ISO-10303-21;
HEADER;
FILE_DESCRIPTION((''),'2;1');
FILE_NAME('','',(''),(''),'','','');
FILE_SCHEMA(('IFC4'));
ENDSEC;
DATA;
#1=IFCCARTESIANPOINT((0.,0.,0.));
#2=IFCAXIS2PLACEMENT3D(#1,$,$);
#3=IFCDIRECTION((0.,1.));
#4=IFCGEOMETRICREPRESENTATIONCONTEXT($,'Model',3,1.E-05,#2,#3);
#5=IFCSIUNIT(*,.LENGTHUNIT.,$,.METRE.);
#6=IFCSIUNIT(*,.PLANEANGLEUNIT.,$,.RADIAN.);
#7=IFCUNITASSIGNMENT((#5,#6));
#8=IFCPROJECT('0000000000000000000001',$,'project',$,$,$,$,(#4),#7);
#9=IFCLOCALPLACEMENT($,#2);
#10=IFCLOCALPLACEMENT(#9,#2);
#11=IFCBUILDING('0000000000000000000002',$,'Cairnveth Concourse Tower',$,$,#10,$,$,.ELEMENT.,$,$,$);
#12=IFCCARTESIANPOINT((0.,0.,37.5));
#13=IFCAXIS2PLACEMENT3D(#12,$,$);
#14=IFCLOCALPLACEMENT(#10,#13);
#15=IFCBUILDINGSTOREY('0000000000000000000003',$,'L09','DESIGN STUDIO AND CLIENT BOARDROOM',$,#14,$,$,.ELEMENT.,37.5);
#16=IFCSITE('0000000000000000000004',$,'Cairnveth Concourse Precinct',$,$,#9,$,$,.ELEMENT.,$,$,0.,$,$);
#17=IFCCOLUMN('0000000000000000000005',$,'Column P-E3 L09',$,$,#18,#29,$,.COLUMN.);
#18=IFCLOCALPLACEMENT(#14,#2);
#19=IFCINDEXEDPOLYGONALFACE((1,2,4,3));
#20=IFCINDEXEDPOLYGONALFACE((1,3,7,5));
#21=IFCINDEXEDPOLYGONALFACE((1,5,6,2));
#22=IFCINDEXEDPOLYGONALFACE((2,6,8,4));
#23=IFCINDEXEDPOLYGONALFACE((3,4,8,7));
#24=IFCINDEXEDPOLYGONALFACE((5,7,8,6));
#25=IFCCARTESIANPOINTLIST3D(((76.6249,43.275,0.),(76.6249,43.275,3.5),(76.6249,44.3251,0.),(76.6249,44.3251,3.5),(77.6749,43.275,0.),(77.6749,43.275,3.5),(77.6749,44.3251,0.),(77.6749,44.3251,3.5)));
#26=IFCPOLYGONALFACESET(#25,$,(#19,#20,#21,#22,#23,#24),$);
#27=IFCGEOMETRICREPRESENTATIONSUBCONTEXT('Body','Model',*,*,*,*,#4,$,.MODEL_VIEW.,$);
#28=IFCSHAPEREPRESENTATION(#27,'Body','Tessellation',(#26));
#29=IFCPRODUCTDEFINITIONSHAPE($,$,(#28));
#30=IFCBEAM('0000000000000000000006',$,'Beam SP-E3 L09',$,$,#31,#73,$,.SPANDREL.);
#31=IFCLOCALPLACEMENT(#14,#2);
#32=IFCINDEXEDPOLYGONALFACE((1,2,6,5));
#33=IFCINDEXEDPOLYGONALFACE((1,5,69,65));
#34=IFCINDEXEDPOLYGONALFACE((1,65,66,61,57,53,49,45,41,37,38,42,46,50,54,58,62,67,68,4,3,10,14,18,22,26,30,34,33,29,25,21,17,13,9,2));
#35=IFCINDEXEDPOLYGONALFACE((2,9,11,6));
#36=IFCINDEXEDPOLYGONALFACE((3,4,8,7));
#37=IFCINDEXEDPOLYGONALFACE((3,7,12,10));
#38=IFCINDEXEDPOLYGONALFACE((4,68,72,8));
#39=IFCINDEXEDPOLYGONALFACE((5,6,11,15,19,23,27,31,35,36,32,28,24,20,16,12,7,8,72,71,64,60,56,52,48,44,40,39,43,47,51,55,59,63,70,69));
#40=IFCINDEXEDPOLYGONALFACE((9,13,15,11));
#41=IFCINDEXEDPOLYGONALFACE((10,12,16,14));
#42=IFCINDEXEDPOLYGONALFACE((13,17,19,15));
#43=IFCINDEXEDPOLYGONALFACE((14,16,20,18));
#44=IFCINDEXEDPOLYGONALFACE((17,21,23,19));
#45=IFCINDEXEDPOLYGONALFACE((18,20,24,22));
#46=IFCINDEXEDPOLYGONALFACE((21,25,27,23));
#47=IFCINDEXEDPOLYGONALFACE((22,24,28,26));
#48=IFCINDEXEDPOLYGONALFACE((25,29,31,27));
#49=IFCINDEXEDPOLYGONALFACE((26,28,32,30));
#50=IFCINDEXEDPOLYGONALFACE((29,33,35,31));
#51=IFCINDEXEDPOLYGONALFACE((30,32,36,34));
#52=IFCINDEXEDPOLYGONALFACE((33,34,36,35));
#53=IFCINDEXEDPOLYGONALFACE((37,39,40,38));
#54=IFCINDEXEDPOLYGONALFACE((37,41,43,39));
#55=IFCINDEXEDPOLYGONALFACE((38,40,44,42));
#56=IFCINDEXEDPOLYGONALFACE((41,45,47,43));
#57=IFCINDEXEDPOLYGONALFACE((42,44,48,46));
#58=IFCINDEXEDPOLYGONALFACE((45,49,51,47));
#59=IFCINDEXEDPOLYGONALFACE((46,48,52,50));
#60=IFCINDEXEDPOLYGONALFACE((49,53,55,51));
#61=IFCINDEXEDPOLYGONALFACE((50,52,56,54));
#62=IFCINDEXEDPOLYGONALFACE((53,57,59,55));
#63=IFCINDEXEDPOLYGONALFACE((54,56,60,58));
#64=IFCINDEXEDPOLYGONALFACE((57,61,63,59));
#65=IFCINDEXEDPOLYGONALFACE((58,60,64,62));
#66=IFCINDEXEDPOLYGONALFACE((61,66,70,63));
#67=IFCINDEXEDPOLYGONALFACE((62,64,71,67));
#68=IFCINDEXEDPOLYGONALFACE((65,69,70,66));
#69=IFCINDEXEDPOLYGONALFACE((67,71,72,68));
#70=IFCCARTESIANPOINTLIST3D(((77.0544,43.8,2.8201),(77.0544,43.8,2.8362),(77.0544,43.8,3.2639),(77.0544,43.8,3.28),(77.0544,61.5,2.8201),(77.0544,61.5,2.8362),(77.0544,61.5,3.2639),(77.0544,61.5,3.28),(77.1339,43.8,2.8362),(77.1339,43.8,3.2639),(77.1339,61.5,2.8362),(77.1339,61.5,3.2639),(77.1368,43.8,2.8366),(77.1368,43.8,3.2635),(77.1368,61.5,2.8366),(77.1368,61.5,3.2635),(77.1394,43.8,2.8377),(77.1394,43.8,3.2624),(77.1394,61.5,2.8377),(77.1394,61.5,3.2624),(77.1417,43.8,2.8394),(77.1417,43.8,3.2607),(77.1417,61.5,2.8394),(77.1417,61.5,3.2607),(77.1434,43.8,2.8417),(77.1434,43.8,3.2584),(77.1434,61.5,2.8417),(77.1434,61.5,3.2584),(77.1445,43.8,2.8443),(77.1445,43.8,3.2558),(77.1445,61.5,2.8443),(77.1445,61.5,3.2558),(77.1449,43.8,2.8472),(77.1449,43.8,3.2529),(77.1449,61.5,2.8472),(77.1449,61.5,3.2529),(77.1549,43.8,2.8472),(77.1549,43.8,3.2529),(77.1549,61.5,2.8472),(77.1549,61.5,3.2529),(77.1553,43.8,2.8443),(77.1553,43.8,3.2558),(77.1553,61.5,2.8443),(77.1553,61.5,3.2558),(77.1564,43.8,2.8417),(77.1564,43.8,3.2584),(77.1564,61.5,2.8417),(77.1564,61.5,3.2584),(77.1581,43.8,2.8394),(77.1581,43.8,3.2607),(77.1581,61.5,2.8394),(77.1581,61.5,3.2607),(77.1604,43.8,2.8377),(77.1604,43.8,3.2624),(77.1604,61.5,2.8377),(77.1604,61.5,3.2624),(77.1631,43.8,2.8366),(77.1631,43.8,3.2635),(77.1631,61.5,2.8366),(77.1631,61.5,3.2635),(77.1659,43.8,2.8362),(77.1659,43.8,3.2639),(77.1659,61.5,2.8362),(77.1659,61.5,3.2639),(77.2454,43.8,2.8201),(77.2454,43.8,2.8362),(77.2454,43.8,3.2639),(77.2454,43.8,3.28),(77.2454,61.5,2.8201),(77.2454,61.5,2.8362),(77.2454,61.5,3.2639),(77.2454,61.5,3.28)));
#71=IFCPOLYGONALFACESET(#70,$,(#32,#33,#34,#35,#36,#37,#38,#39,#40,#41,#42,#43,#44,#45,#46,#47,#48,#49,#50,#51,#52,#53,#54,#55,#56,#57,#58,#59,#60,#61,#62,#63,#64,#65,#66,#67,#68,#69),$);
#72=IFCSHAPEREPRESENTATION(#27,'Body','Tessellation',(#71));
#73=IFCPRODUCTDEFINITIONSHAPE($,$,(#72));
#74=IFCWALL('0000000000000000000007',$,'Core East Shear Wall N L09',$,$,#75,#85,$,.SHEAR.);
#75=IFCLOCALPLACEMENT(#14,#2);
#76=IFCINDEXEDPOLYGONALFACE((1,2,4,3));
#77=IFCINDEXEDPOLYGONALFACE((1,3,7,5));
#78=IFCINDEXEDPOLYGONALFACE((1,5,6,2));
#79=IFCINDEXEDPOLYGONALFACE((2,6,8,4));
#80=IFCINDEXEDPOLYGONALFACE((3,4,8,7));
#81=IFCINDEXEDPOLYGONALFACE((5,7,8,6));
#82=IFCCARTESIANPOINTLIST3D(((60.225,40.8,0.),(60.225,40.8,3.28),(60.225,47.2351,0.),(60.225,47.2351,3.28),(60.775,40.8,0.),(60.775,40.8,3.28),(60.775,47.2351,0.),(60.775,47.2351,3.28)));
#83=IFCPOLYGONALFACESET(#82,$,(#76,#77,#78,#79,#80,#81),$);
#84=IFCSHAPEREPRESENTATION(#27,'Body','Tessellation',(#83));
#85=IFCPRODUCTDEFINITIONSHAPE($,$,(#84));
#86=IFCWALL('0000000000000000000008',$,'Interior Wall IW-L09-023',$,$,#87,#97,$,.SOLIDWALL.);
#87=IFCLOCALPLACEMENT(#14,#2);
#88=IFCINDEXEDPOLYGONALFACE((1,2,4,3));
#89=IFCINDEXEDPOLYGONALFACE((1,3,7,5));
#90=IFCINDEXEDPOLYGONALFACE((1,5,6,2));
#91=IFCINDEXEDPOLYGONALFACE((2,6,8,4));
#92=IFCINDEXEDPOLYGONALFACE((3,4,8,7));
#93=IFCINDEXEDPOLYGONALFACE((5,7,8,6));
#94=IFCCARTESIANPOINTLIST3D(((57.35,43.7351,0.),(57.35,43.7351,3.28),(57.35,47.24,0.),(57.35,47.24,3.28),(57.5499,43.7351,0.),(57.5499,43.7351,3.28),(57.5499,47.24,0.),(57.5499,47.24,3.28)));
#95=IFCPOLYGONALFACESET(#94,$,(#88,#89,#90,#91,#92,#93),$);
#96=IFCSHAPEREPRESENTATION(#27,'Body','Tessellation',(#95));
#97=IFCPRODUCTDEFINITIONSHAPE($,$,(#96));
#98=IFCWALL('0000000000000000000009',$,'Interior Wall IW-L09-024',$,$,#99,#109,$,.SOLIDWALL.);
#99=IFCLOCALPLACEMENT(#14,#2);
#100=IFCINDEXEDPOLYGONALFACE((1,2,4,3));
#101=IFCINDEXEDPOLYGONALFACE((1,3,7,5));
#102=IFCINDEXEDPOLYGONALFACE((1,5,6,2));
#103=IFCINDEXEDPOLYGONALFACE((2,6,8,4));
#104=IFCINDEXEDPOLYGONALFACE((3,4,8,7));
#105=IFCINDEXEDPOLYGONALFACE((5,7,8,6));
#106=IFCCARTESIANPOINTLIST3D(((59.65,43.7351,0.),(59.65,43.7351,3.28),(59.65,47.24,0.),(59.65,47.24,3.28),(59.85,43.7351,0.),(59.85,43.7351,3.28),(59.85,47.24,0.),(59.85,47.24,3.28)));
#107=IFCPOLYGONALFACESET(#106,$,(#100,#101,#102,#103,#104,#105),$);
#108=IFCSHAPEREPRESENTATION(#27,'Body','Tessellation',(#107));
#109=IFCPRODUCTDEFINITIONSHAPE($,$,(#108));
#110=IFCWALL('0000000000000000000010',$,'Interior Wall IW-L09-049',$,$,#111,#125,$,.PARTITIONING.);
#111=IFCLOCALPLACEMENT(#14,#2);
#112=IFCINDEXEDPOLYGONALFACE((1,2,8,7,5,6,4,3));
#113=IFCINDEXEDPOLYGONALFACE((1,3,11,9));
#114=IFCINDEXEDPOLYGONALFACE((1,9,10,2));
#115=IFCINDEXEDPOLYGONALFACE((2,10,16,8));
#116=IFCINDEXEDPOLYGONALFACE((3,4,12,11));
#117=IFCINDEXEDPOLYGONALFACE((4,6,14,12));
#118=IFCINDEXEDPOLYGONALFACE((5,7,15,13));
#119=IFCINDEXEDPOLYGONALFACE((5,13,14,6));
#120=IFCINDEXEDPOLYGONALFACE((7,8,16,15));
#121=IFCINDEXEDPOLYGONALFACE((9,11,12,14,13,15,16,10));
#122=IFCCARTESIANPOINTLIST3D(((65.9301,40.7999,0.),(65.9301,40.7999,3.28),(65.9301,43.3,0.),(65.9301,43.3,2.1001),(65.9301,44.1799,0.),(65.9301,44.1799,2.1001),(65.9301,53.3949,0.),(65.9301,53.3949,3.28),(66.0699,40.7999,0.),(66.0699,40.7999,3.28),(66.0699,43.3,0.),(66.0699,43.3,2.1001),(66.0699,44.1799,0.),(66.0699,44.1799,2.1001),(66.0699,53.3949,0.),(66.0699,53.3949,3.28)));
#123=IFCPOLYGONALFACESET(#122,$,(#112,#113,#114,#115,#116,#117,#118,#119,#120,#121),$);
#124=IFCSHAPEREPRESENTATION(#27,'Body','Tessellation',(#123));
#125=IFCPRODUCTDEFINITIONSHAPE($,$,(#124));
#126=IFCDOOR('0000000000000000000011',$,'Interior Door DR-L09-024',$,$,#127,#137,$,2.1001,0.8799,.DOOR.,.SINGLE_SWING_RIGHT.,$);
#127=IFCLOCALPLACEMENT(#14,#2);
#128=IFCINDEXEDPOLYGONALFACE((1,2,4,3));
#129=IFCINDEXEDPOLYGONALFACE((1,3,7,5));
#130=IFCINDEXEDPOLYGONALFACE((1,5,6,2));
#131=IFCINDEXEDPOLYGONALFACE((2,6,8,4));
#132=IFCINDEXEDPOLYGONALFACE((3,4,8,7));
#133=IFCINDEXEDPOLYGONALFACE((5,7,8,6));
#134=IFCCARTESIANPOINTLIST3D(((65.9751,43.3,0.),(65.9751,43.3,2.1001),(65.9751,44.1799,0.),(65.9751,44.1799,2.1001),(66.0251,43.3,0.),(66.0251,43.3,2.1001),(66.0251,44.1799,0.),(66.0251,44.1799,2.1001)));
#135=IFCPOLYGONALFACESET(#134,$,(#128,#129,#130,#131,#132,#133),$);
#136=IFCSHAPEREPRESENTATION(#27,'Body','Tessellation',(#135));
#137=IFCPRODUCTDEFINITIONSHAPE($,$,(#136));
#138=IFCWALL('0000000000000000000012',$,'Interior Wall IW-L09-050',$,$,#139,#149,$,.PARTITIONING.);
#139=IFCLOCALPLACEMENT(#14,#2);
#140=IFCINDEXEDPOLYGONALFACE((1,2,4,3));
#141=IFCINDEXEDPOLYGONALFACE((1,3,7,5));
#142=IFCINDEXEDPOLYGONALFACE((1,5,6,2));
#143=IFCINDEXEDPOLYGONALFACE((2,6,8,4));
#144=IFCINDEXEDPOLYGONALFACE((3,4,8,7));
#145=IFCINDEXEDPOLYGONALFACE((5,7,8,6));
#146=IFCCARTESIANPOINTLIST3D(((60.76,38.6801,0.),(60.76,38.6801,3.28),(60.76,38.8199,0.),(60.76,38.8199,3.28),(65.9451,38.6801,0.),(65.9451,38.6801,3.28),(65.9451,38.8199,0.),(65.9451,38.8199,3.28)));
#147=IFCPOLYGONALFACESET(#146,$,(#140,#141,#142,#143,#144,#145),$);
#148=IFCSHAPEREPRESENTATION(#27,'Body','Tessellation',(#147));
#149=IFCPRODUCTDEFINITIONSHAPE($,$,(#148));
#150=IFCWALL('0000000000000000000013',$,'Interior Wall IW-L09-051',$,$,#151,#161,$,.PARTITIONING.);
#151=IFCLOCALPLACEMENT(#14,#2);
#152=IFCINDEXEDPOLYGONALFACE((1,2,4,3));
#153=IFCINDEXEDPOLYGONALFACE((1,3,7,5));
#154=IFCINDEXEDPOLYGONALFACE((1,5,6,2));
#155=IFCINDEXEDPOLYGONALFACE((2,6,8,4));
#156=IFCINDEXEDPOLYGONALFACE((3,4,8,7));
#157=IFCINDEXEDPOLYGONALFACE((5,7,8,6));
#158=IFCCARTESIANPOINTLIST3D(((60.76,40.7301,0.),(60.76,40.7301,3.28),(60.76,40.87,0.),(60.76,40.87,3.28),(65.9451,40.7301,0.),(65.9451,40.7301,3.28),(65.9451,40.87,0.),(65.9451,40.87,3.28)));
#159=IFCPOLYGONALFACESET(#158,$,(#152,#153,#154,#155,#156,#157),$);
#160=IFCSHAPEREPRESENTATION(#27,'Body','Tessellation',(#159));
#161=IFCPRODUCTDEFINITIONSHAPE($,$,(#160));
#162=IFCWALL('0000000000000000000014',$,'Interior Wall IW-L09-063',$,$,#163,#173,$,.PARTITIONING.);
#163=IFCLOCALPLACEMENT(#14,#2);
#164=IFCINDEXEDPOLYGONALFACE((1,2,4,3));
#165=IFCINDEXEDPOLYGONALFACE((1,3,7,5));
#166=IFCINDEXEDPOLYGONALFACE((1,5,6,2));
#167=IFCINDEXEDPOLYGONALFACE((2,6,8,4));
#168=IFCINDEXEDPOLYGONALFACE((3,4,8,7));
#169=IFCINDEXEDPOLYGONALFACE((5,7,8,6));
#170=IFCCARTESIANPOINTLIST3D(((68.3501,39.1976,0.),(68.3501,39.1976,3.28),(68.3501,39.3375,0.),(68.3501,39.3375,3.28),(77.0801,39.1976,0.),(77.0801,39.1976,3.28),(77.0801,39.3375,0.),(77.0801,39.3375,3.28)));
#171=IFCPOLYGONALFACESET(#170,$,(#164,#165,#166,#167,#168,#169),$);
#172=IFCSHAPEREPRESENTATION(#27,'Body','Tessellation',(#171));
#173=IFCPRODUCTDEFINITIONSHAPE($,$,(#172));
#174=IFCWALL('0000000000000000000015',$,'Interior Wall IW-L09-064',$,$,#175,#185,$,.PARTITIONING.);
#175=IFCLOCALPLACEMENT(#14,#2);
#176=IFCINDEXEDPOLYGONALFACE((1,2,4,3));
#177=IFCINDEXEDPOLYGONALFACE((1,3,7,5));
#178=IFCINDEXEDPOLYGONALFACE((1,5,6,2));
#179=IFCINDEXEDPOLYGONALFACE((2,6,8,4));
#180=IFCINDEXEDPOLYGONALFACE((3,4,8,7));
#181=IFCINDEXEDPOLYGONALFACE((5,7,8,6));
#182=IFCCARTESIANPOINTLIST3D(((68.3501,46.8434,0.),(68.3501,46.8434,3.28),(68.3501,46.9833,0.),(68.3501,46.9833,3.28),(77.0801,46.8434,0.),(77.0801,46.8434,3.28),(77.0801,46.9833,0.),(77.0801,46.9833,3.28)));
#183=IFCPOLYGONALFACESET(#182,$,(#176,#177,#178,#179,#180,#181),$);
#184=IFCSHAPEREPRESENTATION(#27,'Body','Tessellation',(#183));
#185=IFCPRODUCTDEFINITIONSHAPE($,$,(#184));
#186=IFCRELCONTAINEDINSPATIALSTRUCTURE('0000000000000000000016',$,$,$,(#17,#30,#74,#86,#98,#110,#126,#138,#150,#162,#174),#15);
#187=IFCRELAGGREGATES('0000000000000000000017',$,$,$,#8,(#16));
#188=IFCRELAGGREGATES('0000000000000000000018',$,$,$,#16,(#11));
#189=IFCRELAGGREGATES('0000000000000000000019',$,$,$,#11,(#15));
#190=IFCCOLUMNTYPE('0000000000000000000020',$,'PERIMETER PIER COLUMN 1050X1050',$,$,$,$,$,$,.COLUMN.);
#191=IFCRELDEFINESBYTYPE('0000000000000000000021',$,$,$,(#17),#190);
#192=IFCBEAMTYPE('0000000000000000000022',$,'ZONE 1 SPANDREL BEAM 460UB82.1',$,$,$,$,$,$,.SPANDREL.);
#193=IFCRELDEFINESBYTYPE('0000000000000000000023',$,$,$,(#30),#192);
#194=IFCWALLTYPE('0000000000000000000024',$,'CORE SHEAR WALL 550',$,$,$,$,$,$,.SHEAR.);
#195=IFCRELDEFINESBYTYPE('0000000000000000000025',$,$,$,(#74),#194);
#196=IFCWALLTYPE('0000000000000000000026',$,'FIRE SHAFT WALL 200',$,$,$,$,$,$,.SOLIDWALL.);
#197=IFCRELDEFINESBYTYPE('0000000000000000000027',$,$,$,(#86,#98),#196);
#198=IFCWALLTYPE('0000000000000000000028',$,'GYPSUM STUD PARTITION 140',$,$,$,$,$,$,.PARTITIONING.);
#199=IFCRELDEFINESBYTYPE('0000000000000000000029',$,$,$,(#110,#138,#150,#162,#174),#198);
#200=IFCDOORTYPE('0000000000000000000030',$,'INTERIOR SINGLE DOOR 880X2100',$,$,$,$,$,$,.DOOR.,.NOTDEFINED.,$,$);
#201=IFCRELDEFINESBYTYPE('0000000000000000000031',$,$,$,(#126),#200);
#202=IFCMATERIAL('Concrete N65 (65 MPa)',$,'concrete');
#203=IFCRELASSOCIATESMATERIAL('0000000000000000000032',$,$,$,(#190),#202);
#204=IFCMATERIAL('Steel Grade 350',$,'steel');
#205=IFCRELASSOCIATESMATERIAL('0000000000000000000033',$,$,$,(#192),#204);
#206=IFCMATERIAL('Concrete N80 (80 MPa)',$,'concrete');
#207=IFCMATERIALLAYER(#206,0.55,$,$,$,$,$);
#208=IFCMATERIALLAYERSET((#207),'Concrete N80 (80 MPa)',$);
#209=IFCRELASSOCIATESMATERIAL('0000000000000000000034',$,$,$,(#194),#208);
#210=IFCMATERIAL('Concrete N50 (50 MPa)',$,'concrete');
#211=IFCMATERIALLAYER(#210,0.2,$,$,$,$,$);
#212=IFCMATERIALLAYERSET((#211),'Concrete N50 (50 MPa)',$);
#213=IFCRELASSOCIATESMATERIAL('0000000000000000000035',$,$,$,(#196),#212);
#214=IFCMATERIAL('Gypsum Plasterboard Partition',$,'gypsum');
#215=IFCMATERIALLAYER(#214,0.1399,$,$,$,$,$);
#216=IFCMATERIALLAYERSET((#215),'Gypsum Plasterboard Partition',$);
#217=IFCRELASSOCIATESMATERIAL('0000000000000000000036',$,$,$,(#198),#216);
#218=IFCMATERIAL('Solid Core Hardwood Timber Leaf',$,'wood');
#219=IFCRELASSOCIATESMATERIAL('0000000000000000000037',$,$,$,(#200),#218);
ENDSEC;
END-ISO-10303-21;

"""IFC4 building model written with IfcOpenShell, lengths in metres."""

from ifc_helpers import new_model, si_unit, direction, frame, frame_2d, origin, origin_2d, place, context, subcontext, project, spatial, rectangle, i_section, extrude, material, layer, layer_set, material_profile, profile_set, type_object, element, fill, save


model = new_model("IFC4")

# Units and contexts
model_context = context("Model", 3, precision=1e-05, world=origin(), true_north=direction((0.0, 1.0)))
body_context = subcontext(model_context, "Body", "Model", "MODEL_VIEW")
ifc_project = project(units=[si_unit("LENGTHUNIT", "METRE"), si_unit("PLANEANGLEUNIT", "RADIAN")], contexts=[model_context])

# Site, building, storey
site_placement = place(None, origin())
site = spatial("IfcSite", under=ifc_project, at=site_placement, Name="Cairnveth Concourse Precinct", CompositionType="ELEMENT", RefElevation=0.0)
building_placement = place(site_placement, origin())
building = spatial("IfcBuilding", under=site, at=building_placement, Name="Cairnveth Concourse Tower", CompositionType="ELEMENT")
storey_placement = place(building_placement, frame((0.0, 0.0, 37.5)))
storey = spatial("IfcBuildingStorey", under=building, at=storey_placement, Name="L09", Description="DESIGN STUDIO AND CLIENT BOARDROOM", CompositionType="ELEMENT", Elevation=37.5)

# Column
ifc_material_1 = material(Name="Concrete N65 (65 MPa)", Category="concrete")
ifc_material_profile_1 = material_profile(ifc_material_1, rectangle(XDim=1.05, YDim=1.05, at=origin_2d()), Name="RC-COL-1050x1050")
ifc_profile_set_1 = profile_set([ifc_material_profile_1], Name="Concrete N65 (65 MPa)")
column_type = type_object("IfcColumnType", Name="PERIMETER PIER COLUMN 1050X1050", PredefinedType="COLUMN", material=ifc_profile_set_1)
column_placement = place(storey_placement, frame((77.1499, 43.8, 0.0), z_axis=(0.0, 0.0, 1.0), x_axis=(0.0, 1.0, 0.0)))
element("IfcColumn", 1, at=column_placement, inside=storey, type_object=column_type, Name="Column P-E3 L09", PredefinedType="COLUMN", context=body_context, shape_type="SweptSolid", body=[
    extrude(rectangle(XDim=1.05, YDim=1.05, at=origin_2d()), origin(), (0.0, 0.0, 1.0), 3.5),
])

# Beam
ifc_material_2 = material(Name="Steel Grade 350", Category="steel")
ifc_material_profile_2 = material_profile(ifc_material_2, i_section(OverallWidth=0.1909, OverallDepth=0.46, WebThickness=0.01, FlangeThickness=0.0161, FilletRadius=0.011, at=origin_2d()), Name="460UB82.1")
ifc_profile_set_2 = profile_set([ifc_material_profile_2], Name="Steel Grade 350")
beam_type = type_object("IfcBeamType", Name="ZONE 1 SPANDREL BEAM 460UB82.1", PredefinedType="SPANDREL", material=ifc_profile_set_2)
beam_placement = place(storey_placement, frame((77.1499, 43.8, 3.05), z_axis=(0.0, 1.0, 0.0), x_axis=(-1.0, 0.0, 0.0)))
element("IfcBeam", 2, at=beam_placement, inside=storey, type_object=beam_type, Name="Beam SP-E3 L09", PredefinedType="SPANDREL", context=body_context, shape_type="SweptSolid", body=[
    extrude(i_section(OverallWidth=0.1909, OverallDepth=0.46, WebThickness=0.01, FlangeThickness=0.0161, FilletRadius=0.011, at=origin_2d()), origin(), (0.0, 0.0, 1.0), 17.7),
])

# Wall
ifc_material_3 = material(Name="Concrete N80 (80 MPa)", Category="concrete")
ifc_layer_1 = layer(ifc_material_3, 0.55)
ifc_layer_set_1 = layer_set([ifc_layer_1], Name="Concrete N80 (80 MPa)")
wall_type_1 = type_object("IfcWallType", Name="CORE SHEAR WALL 550", PredefinedType="SHEAR", material=ifc_layer_set_1)
wall_1_placement = place(storey_placement, frame((60.5, 40.8, 0.0), z_axis=(0.0, 0.0, 1.0), x_axis=(0.0, 1.0, 0.0)))
element("IfcWall", 3, at=wall_1_placement, inside=storey, type_object=wall_type_1, Name="Core East Shear Wall N L09", PredefinedType="SHEAR", context=body_context, shape_type="SweptSolid", body=[
    extrude(rectangle(XDim=6.4351, YDim=0.55, at=frame_2d((3.2175, 0.0))), origin(), (0.0, 0.0, 1.0), 3.28),
])

# Shared definitions
ifc_material_4 = material(Name="Concrete N50 (50 MPa)", Category="concrete")
ifc_layer_2 = layer(ifc_material_4, 0.2)
ifc_layer_set_2 = layer_set([ifc_layer_2], Name="Concrete N50 (50 MPa)")
wall_type_2 = type_object("IfcWallType", Name="FIRE SHAFT WALL 200", PredefinedType="SOLIDWALL", material=ifc_layer_set_2)

# Walls
for number, where, z_axis, x_axis, name in (
    (4, (57.45, 43.7351, 0.0), (0.0, 0.0, 1.0), (0.0, 1.0, 0.0), "Interior Wall IW-L09-023"),
    (5, (59.75, 43.7351, 0.0), (0.0, 0.0, 1.0), (0.0, 1.0, 0.0), "Interior Wall IW-L09-024"),
):
    element("IfcWall", number, at=place(storey_placement, frame(where, z_axis=z_axis, x_axis=x_axis)), inside=storey, type_object=wall_type_2, Name=name, PredefinedType="SOLIDWALL", context=body_context, shape_type="SweptSolid", body=[
        extrude(rectangle(XDim=3.5049, YDim=0.2, at=frame_2d((1.7524, 0.0))), origin(), (0.0, 0.0, 1.0), 3.28),
    ])

# Wall, opening, door
ifc_material_5 = material(Name="Gypsum Plasterboard Partition", Category="gypsum")
ifc_layer_3 = layer(ifc_material_5, 0.1399)
ifc_layer_set_3 = layer_set([ifc_layer_3], Name="Gypsum Plasterboard Partition")
wall_type_3 = type_object("IfcWallType", Name="GYPSUM STUD PARTITION 140", PredefinedType="PARTITIONING", material=ifc_layer_set_3)
wall_2_placement = place(storey_placement, frame((66.0, 40.8, 0.0), z_axis=(0.0, 0.0, 1.0), x_axis=(0.0, 1.0, 0.0)))
wall_2 = element("IfcWall", 6, at=wall_2_placement, inside=storey, type_object=wall_type_3, Name="Interior Wall IW-L09-049", PredefinedType="PARTITIONING", context=body_context, shape_type="SweptSolid", body=[
    extrude(rectangle(XDim=12.595, YDim=0.1399, at=frame_2d((6.2974, 0.0))), origin(), (0.0, 0.0, 1.0), 3.28),
])
opening_1_placement = place(wall_2_placement, frame((2.5, 0.0, 0.0)))
opening_1 = element("IfcOpeningElement", 7, at=opening_1_placement, cuts=wall_2, PredefinedType="OPENING", context=body_context, shape_type="SweptSolid", body=[
    extrude(rectangle(XDim=0.8799, YDim=2.1001, at=frame_2d((0.4399, 1.05))), frame((0.0, 0.0798, 0.0), z_axis=(0.0, -1.0, 0.0), x_axis=(1.0, 0.0, 0.0)), (0.0, 0.0, 1.0), 0.1599),
])
ifc_material_6 = material(Name="Solid Core Hardwood Timber Leaf", Category="wood")
door_type_1 = type_object("IfcDoorType", Name="INTERIOR SINGLE DOOR 880X2100", OperationType="NOTDEFINED", PredefinedType="DOOR", material=ifc_material_6)
door_1_placement = place(opening_1_placement, origin())
door_1 = element("IfcDoor", 8, at=door_1_placement, inside=storey, type_object=door_type_1, Name="Interior Door DR-L09-024", OperationType="SINGLE_SWING_RIGHT", OverallHeight=2.1001, OverallWidth=0.8799, PredefinedType="DOOR", context=body_context, shape_type="SweptSolid", body=[
    extrude(rectangle(XDim=0.8799, YDim=2.1001, at=frame_2d((0.4399, 1.05))), frame((0.0, 0.0249, 0.0), z_axis=(0.0, -1.0, 0.0), x_axis=(1.0, 0.0, 0.0)), (0.0, 0.0, 1.0), 0.05),
])
fill(opening_1, door_1)

# Walls
for number, where, z_axis, x_axis, name in (
    (9, (60.76, 38.75, 0.0), (0.0, 0.0, 1.0), (1.0, 0.0, 0.0), "Interior Wall IW-L09-050"),
    (10, (60.76, 40.8, 0.0), (0.0, 0.0, 1.0), (1.0, 0.0, 0.0), "Interior Wall IW-L09-051"),
):
    element("IfcWall", number, at=place(storey_placement, frame(where, z_axis=z_axis, x_axis=x_axis)), inside=storey, type_object=wall_type_3, Name=name, PredefinedType="PARTITIONING", context=body_context, shape_type="SweptSolid", body=[
        extrude(rectangle(XDim=5.1851, YDim=0.1399, at=frame_2d((2.5925, 0.0))), origin(), (0.0, 0.0, 1.0), 3.28),
    ])
for number, where, z_axis, x_axis, name in (
    (11, (68.3501, 39.2676, 0.0), (0.0, 0.0, 1.0), (1.0, 0.0, 0.0), "Interior Wall IW-L09-063"),
    (12, (68.3501, 46.9133, 0.0), (0.0, 0.0, 1.0), (1.0, 0.0, 0.0), "Interior Wall IW-L09-064"),
):
    element("IfcWall", number, at=place(storey_placement, frame(where, z_axis=z_axis, x_axis=x_axis)), inside=storey, type_object=wall_type_3, Name=name, PredefinedType="PARTITIONING", context=body_context, shape_type="SweptSolid", body=[
        extrude(rectangle(XDim=8.73, YDim=0.1399, at=frame_2d((4.365, 0.0))), origin(), (0.0, 0.0, 1.0), 3.28),
    ])

save(model, "model.ifc")
